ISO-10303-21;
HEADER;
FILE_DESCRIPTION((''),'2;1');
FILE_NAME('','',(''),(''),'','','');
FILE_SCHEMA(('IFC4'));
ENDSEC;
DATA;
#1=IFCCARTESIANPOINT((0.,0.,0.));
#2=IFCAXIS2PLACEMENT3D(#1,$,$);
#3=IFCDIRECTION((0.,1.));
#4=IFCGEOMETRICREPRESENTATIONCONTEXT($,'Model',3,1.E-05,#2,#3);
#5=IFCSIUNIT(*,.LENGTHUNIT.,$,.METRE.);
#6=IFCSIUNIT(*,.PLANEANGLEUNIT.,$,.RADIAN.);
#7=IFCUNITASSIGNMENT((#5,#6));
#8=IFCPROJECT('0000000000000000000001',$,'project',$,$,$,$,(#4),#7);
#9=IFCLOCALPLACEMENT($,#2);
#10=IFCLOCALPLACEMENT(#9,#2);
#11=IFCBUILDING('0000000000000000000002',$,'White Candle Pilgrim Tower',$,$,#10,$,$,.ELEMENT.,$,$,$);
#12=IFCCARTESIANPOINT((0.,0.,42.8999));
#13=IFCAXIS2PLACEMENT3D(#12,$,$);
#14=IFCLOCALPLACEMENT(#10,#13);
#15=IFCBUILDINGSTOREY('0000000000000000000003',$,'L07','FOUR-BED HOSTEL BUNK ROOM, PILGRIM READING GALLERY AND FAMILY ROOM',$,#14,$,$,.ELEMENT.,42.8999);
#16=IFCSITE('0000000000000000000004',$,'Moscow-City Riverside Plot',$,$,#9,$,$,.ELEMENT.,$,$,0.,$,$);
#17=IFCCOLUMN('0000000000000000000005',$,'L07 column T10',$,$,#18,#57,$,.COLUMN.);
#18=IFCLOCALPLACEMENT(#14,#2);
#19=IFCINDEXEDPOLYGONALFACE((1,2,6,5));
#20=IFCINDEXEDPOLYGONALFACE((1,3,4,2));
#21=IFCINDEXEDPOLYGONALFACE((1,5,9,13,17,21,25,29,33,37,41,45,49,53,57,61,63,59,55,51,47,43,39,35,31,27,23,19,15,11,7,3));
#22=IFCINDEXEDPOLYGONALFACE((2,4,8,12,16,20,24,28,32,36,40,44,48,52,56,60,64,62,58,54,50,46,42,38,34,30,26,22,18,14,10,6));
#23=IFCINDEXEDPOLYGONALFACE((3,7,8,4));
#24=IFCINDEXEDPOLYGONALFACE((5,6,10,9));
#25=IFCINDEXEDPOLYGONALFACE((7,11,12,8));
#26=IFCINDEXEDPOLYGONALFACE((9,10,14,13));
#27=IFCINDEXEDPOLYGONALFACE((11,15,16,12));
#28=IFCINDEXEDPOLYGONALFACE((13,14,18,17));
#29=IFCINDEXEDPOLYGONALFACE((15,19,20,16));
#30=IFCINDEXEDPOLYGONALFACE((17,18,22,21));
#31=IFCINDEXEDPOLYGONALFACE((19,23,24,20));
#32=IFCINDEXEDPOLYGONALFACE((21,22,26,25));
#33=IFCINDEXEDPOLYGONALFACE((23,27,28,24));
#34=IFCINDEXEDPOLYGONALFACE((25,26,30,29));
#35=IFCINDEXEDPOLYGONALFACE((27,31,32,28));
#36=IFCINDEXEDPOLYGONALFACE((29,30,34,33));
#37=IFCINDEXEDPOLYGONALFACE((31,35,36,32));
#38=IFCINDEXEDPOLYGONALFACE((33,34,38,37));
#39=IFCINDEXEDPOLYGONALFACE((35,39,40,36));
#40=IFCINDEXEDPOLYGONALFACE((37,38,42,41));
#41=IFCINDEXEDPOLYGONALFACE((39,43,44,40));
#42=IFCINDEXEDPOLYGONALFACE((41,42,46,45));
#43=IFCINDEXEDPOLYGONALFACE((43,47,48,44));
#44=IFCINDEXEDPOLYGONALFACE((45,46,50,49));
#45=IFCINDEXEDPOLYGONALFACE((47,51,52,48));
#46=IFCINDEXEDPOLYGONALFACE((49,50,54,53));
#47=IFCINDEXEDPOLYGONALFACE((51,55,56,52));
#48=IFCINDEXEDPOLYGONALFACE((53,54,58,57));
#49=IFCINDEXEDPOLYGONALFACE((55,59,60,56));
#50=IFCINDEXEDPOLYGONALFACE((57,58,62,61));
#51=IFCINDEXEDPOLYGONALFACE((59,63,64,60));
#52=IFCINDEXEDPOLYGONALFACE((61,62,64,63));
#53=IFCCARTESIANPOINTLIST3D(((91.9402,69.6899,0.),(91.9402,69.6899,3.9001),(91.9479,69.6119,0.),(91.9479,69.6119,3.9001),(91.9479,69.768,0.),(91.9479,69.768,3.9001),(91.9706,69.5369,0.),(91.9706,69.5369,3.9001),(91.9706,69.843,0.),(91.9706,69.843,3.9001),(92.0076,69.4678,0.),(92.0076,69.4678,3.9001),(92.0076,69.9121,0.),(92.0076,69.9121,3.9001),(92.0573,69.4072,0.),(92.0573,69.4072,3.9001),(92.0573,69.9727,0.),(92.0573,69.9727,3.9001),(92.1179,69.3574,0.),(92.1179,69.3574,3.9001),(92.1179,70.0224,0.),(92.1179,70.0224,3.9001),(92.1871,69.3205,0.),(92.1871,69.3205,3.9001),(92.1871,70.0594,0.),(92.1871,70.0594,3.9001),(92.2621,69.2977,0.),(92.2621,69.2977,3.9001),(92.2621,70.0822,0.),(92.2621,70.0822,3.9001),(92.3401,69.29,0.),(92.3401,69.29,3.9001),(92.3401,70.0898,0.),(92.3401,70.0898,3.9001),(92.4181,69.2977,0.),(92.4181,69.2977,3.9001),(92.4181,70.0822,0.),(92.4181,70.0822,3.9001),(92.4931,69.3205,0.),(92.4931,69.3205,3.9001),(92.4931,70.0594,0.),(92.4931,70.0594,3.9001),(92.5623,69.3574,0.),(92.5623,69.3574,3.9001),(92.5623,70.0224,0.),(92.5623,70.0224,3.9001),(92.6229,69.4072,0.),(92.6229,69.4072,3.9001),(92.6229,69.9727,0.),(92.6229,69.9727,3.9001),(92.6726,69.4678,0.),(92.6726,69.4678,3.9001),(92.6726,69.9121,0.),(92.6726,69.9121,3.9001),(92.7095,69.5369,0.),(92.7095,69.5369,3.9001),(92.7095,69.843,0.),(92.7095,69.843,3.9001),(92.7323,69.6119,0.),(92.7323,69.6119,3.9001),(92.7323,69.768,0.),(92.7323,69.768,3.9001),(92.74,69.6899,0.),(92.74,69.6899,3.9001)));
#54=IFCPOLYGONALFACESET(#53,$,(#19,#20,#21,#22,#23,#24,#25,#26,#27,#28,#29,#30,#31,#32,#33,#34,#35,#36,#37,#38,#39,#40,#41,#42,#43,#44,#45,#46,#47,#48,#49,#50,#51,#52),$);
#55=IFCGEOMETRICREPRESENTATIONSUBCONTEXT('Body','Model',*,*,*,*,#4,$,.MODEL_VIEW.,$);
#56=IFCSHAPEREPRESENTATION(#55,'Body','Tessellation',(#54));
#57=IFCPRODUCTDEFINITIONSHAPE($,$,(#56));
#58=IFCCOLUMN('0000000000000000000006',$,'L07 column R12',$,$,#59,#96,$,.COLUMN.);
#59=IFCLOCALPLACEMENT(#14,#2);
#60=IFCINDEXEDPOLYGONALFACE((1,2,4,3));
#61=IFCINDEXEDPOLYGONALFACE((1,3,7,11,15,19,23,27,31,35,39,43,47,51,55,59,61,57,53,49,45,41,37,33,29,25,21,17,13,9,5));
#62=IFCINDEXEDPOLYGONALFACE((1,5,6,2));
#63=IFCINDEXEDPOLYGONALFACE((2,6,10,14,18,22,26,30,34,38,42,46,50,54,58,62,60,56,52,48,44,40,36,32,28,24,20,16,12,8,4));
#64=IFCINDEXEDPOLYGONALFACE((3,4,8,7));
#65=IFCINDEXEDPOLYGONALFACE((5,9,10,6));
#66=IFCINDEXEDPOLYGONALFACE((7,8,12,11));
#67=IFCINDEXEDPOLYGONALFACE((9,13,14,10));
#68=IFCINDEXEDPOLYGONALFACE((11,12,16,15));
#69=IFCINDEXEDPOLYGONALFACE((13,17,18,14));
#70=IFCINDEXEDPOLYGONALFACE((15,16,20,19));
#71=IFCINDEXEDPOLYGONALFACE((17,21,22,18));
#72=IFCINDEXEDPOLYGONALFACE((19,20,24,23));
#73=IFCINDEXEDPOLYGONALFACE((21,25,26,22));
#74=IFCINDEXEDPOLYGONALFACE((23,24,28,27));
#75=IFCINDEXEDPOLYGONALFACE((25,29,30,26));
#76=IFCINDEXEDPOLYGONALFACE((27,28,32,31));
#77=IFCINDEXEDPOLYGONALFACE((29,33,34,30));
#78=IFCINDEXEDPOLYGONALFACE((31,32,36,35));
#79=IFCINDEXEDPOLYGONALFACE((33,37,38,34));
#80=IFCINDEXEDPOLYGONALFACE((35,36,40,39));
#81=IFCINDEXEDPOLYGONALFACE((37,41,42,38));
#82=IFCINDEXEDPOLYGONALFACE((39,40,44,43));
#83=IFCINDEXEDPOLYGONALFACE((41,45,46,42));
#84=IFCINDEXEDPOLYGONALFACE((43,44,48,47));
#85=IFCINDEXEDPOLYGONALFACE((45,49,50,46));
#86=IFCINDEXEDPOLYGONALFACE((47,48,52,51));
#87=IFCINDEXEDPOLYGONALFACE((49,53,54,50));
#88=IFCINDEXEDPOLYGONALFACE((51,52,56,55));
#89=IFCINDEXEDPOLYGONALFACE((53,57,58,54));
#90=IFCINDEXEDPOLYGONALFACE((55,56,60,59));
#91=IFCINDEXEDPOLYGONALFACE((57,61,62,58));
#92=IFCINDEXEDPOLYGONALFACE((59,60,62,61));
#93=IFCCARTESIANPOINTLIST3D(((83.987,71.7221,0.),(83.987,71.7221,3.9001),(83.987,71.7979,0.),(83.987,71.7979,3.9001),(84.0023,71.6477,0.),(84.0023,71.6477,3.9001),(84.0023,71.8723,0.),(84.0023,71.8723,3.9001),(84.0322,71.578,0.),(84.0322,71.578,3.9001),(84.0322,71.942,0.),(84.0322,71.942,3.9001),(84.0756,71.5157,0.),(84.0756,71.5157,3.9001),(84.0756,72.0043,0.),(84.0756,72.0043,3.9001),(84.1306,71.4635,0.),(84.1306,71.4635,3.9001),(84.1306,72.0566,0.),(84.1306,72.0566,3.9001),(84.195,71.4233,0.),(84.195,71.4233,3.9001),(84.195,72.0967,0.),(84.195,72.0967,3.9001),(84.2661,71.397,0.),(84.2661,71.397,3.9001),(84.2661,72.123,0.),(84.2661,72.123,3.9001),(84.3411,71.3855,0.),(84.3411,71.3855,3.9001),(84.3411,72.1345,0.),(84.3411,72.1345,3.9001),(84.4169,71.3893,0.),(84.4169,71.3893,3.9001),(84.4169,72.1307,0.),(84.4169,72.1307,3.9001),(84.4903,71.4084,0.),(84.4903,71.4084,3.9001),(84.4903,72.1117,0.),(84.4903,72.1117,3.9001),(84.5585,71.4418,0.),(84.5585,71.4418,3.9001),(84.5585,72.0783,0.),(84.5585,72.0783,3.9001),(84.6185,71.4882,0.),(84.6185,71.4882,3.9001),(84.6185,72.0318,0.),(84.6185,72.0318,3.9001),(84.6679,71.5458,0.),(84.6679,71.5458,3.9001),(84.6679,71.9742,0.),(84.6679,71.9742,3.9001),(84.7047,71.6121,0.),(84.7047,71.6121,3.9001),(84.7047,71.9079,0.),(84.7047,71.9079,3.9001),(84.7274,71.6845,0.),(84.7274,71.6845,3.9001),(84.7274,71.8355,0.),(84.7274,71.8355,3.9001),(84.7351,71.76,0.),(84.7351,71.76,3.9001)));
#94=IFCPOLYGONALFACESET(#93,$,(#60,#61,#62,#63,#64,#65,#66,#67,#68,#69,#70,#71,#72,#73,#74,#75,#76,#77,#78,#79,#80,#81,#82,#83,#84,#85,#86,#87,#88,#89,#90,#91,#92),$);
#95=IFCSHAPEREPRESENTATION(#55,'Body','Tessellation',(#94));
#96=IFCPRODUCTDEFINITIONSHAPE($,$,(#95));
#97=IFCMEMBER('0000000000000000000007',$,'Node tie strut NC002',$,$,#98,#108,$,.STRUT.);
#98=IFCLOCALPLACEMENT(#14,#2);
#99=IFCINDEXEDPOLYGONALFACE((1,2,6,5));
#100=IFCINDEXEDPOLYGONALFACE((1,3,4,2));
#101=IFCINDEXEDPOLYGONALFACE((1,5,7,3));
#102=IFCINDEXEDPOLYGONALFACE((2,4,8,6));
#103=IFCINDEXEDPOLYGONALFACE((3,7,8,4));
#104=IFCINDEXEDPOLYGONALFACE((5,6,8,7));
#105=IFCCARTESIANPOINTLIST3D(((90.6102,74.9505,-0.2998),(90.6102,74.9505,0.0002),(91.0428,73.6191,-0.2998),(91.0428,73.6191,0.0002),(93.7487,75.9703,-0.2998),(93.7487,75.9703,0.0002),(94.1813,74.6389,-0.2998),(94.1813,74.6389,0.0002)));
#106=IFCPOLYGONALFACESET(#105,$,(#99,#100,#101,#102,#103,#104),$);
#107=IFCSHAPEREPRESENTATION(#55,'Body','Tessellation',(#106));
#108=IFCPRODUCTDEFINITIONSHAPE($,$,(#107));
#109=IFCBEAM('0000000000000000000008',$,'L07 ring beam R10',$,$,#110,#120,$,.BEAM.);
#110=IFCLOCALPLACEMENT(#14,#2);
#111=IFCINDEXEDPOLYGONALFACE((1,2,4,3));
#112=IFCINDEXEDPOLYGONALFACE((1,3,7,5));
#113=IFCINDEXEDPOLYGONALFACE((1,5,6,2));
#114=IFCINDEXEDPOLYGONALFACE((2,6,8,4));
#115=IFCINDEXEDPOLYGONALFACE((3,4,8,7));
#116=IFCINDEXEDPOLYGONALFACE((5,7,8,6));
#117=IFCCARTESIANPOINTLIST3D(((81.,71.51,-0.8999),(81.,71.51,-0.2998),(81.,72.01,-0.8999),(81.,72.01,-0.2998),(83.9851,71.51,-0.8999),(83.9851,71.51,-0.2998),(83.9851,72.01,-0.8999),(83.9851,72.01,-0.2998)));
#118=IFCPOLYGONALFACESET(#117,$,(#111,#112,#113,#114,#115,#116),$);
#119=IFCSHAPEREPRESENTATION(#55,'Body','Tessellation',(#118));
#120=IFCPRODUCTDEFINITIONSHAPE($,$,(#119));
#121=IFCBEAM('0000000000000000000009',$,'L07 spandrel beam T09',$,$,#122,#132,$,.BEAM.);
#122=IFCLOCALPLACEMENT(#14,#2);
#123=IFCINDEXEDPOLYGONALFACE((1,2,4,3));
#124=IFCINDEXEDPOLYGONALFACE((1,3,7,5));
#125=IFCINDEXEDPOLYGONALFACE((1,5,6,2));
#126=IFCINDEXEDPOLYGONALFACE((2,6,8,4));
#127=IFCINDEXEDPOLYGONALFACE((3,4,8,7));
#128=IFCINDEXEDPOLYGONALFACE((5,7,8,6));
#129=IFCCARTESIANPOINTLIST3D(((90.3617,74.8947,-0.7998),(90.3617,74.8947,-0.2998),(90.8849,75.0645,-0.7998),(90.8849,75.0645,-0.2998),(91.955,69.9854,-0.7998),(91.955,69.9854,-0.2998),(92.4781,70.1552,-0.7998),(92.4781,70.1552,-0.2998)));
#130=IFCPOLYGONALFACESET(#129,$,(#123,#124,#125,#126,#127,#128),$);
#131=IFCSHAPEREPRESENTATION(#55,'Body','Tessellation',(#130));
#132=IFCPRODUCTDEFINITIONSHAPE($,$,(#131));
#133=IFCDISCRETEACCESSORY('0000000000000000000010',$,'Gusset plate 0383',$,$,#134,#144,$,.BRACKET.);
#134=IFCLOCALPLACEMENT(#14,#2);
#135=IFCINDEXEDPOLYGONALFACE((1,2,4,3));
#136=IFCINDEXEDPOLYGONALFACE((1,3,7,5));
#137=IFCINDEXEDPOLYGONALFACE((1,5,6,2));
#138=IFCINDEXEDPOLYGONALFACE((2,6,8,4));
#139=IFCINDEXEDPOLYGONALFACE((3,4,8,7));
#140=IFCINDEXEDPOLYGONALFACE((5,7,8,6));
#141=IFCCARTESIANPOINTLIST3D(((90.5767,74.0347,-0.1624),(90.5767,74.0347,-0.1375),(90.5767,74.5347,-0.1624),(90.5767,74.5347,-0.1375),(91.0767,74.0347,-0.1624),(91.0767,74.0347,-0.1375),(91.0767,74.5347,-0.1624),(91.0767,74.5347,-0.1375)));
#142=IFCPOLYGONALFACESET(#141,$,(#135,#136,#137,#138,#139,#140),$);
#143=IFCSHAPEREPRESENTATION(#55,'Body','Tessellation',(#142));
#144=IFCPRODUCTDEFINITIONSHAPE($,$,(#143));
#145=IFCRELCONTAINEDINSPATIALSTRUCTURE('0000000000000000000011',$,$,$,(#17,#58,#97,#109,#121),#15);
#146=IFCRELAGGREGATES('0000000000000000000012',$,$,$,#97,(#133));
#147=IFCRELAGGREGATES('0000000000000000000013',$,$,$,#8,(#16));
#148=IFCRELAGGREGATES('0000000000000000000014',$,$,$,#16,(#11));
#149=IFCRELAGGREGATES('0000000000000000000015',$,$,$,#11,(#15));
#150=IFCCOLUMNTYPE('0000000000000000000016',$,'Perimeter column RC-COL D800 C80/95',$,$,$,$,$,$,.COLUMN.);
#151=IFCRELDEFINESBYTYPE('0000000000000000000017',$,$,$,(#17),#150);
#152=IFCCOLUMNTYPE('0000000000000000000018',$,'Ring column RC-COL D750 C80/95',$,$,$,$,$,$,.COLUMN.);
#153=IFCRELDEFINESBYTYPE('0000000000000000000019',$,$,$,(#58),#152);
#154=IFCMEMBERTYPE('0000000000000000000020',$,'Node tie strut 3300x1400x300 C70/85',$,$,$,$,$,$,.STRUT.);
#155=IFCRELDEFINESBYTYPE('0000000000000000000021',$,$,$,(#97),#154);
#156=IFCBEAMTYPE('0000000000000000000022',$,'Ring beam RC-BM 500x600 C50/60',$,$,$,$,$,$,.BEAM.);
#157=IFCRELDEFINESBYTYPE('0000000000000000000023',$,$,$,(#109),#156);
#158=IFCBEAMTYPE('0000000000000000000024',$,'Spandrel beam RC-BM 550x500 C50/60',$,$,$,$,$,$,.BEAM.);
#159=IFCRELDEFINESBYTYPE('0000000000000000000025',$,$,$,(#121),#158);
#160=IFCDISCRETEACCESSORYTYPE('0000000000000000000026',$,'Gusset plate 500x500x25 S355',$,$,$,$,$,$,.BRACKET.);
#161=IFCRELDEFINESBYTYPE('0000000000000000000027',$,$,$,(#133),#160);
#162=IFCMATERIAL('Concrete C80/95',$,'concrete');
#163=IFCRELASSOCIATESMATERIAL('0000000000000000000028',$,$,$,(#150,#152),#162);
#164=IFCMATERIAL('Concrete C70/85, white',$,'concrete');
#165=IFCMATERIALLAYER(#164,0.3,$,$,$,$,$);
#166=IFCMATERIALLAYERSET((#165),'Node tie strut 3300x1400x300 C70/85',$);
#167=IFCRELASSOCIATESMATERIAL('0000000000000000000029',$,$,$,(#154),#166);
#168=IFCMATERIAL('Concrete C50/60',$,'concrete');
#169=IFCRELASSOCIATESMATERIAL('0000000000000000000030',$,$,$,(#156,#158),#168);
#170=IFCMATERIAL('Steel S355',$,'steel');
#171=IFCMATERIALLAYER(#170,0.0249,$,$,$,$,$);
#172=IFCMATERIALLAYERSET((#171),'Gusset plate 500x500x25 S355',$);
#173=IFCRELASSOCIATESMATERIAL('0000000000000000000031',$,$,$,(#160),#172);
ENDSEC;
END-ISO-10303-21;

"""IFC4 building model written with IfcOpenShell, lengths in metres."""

from ifc_helpers import new_model, si_unit, direction, frame, origin, origin_2d, place, context, subcontext, project, spatial, rectangle, circle, extrude, material, layer, layer_set, material_profile, profile_set, type_object, element, aggregate, save


model = new_model("IFC4")

# Units and contexts
model_context = context("Model", 3, precision=1e-05, world=origin(), true_north=direction((0.0, 1.0)))
body_context = subcontext(model_context, "Body", "Model", "MODEL_VIEW")
ifc_project = project(units=[si_unit("LENGTHUNIT", "METRE"), si_unit("PLANEANGLEUNIT", "RADIAN")], contexts=[model_context])

# Site, building, storey
site_placement = place(None, origin())
site = spatial("IfcSite", under=ifc_project, at=site_placement, Name="Moscow-City Riverside Plot", CompositionType="ELEMENT", RefElevation=0.0)
building_placement = place(site_placement, origin())
building = spatial("IfcBuilding", under=site, at=building_placement, Name="White Candle Pilgrim Tower", CompositionType="ELEMENT")
storey_placement = place(building_placement, frame((0.0, 0.0, 42.8999)))
storey = spatial("IfcBuildingStorey", under=building, at=storey_placement, Name="L07", Description="FOUR-BED HOSTEL BUNK ROOM, PILGRIM READING GALLERY AND FAMILY ROOM", CompositionType="ELEMENT", Elevation=42.8999)

# Columns
ifc_material_1 = material(Name="Concrete C80/95", Category="concrete")
ifc_material_profile_1 = material_profile(ifc_material_1, circle(Radius=0.3999, at=origin_2d()), Name="RC-COL D800")
ifc_profile_set_1 = profile_set([ifc_material_profile_1], Name="Concrete C80/95")
column_type_1 = type_object("IfcColumnType", Name="Perimeter column RC-COL D800 C80/95", PredefinedType="COLUMN", material=ifc_profile_set_1)
column_1_placement = place(storey_placement, frame((92.3401, 69.6899, 0.0), z_axis=(0.0, 0.0, 1.0), x_axis=(1.0, 0.0, 0.0)))
element("IfcColumn", 1, at=column_1_placement, inside=storey, type_object=column_type_1, Name="L07 column T10", PredefinedType="COLUMN", context=body_context, shape_type="SweptSolid", body=[
    extrude(circle(Radius=0.3999, at=origin_2d()), origin(), (0.0, 0.0, 1.0), 3.9001),
])
ifc_material_profile_2 = material_profile(ifc_material_1, circle(Radius=0.375, at=origin_2d()), Name="RC-COL D750")
ifc_profile_set_2 = profile_set([ifc_material_profile_2], Name="Concrete C80/95")
column_type_2 = type_object("IfcColumnType", Name="Ring column RC-COL D750 C80/95", PredefinedType="COLUMN", material=ifc_profile_set_2)
column_2_placement = place(storey_placement, frame((84.3601, 71.76, 0.0), z_axis=(0.0, 0.0, 1.0), x_axis=(1.0, 0.0, 0.0)))
element("IfcColumn", 2, at=column_2_placement, inside=storey, type_object=column_type_2, Name="L07 column R12", PredefinedType="COLUMN", context=body_context, shape_type="SweptSolid", body=[
    extrude(circle(Radius=0.375, at=origin_2d()), origin(), (0.0, 0.0, 1.0), 3.9001),
])

# Member
ifc_material_2 = material(Name="Concrete C70/85, white", Category="concrete")
ifc_layer_1 = layer(ifc_material_2, 0.3)
ifc_layer_set_1 = layer_set([ifc_layer_1], Name="Node tie strut 3300x1400x300 C70/85")
member_type = type_object("IfcMemberType", Name="Node tie strut 3300x1400x300 C70/85", PredefinedType="STRUT", material=ifc_layer_set_1)
member_placement = place(storey_placement, frame((92.3958, 74.7947, -0.2998), z_axis=(0.0, 0.0, 1.0), x_axis=(-0.309017, 0.951057, 0.0)))
member = element("IfcMember", 3, at=member_placement, inside=storey, type_object=member_type, Name="Node tie strut NC002", PredefinedType="STRUT", context=body_context, shape_type="SweptSolid", body=[
    extrude(rectangle(XDim=1.3999, YDim=3.3, at=origin_2d()), origin(), (0.0, 0.0, 1.0), 0.3),
])

# Beams
ifc_material_3 = material(Name="Concrete C50/60", Category="concrete")
ifc_material_profile_3 = material_profile(ifc_material_3, rectangle(XDim=0.5, YDim=0.6001, at=origin_2d()), Name="RC-BM 500x600")
ifc_profile_set_3 = profile_set([ifc_material_profile_3], Name="Concrete C50/60")
beam_type_1 = type_object("IfcBeamType", Name="Ring beam RC-BM 500x600 C50/60", PredefinedType="BEAM", material=ifc_profile_set_3)
beam_1_placement = place(storey_placement, frame((83.9851, 71.76, -0.5999), z_axis=(-1.0, 0.0, 0.0), x_axis=(0.0, -1.0, 0.0)))
element("IfcBeam", 4, at=beam_1_placement, inside=storey, type_object=beam_type_1, Name="L07 ring beam R10", PredefinedType="BEAM", context=body_context, shape_type="SweptSolid", body=[
    extrude(rectangle(XDim=0.5, YDim=0.6001, at=origin_2d()), origin(), (0.0, 0.0, 1.0), 2.9851),
])
ifc_material_profile_4 = material_profile(ifc_material_3, rectangle(XDim=0.55, YDim=0.5, at=origin_2d()), Name="RC-BM 550x500")
ifc_profile_set_4 = profile_set([ifc_material_profile_4], Name="Concrete C50/60")
beam_type_2 = type_object("IfcBeamType", Name="Spandrel beam RC-BM 550x500 C50/60", PredefinedType="BEAM", material=ifc_profile_set_4)
beam_2_placement = place(storey_placement, frame((92.2166, 70.0703, -0.5498), z_axis=(-0.308683, 0.951165, 0.0), x_axis=(-0.951165, -0.308683, 0.0)))
element("IfcBeam", 5, at=beam_2_placement, inside=storey, type_object=beam_type_2, Name="L07 spandrel beam T09", PredefinedType="BEAM", context=body_context, shape_type="SweptSolid", body=[
    extrude(rectangle(XDim=0.55, YDim=0.5, at=origin_2d()), origin(), (0.0, 0.0, 1.0), 5.1614),
])

# Discrete accessory
ifc_material_4 = material(Name="Steel S355", Category="steel")
ifc_layer_2 = layer(ifc_material_4, 0.0249)
ifc_layer_set_2 = layer_set([ifc_layer_2], Name="Gusset plate 500x500x25 S355")
discrete_accessory_type = type_object("IfcDiscreteAccessoryType", Name="Gusset plate 500x500x25 S355", PredefinedType="BRACKET", material=ifc_layer_set_2)
discrete_accessory_placement = place(storey_placement, frame((90.8267, 74.2847, -0.1624), z_axis=(0.0, 0.0, 1.0), x_axis=(1.0, 0.0, 0.0)))
discrete_accessory = element("IfcDiscreteAccessory", 6, at=discrete_accessory_placement, type_object=discrete_accessory_type, Name="Gusset plate 0383", PredefinedType="BRACKET", context=body_context, shape_type="SweptSolid", body=[
    extrude(rectangle(XDim=0.5, YDim=0.5, at=origin_2d()), origin(), (0.0, 0.0, 1.0), 0.0249),
])
aggregate(member, [discrete_accessory])

save(model, "model.ifc")
